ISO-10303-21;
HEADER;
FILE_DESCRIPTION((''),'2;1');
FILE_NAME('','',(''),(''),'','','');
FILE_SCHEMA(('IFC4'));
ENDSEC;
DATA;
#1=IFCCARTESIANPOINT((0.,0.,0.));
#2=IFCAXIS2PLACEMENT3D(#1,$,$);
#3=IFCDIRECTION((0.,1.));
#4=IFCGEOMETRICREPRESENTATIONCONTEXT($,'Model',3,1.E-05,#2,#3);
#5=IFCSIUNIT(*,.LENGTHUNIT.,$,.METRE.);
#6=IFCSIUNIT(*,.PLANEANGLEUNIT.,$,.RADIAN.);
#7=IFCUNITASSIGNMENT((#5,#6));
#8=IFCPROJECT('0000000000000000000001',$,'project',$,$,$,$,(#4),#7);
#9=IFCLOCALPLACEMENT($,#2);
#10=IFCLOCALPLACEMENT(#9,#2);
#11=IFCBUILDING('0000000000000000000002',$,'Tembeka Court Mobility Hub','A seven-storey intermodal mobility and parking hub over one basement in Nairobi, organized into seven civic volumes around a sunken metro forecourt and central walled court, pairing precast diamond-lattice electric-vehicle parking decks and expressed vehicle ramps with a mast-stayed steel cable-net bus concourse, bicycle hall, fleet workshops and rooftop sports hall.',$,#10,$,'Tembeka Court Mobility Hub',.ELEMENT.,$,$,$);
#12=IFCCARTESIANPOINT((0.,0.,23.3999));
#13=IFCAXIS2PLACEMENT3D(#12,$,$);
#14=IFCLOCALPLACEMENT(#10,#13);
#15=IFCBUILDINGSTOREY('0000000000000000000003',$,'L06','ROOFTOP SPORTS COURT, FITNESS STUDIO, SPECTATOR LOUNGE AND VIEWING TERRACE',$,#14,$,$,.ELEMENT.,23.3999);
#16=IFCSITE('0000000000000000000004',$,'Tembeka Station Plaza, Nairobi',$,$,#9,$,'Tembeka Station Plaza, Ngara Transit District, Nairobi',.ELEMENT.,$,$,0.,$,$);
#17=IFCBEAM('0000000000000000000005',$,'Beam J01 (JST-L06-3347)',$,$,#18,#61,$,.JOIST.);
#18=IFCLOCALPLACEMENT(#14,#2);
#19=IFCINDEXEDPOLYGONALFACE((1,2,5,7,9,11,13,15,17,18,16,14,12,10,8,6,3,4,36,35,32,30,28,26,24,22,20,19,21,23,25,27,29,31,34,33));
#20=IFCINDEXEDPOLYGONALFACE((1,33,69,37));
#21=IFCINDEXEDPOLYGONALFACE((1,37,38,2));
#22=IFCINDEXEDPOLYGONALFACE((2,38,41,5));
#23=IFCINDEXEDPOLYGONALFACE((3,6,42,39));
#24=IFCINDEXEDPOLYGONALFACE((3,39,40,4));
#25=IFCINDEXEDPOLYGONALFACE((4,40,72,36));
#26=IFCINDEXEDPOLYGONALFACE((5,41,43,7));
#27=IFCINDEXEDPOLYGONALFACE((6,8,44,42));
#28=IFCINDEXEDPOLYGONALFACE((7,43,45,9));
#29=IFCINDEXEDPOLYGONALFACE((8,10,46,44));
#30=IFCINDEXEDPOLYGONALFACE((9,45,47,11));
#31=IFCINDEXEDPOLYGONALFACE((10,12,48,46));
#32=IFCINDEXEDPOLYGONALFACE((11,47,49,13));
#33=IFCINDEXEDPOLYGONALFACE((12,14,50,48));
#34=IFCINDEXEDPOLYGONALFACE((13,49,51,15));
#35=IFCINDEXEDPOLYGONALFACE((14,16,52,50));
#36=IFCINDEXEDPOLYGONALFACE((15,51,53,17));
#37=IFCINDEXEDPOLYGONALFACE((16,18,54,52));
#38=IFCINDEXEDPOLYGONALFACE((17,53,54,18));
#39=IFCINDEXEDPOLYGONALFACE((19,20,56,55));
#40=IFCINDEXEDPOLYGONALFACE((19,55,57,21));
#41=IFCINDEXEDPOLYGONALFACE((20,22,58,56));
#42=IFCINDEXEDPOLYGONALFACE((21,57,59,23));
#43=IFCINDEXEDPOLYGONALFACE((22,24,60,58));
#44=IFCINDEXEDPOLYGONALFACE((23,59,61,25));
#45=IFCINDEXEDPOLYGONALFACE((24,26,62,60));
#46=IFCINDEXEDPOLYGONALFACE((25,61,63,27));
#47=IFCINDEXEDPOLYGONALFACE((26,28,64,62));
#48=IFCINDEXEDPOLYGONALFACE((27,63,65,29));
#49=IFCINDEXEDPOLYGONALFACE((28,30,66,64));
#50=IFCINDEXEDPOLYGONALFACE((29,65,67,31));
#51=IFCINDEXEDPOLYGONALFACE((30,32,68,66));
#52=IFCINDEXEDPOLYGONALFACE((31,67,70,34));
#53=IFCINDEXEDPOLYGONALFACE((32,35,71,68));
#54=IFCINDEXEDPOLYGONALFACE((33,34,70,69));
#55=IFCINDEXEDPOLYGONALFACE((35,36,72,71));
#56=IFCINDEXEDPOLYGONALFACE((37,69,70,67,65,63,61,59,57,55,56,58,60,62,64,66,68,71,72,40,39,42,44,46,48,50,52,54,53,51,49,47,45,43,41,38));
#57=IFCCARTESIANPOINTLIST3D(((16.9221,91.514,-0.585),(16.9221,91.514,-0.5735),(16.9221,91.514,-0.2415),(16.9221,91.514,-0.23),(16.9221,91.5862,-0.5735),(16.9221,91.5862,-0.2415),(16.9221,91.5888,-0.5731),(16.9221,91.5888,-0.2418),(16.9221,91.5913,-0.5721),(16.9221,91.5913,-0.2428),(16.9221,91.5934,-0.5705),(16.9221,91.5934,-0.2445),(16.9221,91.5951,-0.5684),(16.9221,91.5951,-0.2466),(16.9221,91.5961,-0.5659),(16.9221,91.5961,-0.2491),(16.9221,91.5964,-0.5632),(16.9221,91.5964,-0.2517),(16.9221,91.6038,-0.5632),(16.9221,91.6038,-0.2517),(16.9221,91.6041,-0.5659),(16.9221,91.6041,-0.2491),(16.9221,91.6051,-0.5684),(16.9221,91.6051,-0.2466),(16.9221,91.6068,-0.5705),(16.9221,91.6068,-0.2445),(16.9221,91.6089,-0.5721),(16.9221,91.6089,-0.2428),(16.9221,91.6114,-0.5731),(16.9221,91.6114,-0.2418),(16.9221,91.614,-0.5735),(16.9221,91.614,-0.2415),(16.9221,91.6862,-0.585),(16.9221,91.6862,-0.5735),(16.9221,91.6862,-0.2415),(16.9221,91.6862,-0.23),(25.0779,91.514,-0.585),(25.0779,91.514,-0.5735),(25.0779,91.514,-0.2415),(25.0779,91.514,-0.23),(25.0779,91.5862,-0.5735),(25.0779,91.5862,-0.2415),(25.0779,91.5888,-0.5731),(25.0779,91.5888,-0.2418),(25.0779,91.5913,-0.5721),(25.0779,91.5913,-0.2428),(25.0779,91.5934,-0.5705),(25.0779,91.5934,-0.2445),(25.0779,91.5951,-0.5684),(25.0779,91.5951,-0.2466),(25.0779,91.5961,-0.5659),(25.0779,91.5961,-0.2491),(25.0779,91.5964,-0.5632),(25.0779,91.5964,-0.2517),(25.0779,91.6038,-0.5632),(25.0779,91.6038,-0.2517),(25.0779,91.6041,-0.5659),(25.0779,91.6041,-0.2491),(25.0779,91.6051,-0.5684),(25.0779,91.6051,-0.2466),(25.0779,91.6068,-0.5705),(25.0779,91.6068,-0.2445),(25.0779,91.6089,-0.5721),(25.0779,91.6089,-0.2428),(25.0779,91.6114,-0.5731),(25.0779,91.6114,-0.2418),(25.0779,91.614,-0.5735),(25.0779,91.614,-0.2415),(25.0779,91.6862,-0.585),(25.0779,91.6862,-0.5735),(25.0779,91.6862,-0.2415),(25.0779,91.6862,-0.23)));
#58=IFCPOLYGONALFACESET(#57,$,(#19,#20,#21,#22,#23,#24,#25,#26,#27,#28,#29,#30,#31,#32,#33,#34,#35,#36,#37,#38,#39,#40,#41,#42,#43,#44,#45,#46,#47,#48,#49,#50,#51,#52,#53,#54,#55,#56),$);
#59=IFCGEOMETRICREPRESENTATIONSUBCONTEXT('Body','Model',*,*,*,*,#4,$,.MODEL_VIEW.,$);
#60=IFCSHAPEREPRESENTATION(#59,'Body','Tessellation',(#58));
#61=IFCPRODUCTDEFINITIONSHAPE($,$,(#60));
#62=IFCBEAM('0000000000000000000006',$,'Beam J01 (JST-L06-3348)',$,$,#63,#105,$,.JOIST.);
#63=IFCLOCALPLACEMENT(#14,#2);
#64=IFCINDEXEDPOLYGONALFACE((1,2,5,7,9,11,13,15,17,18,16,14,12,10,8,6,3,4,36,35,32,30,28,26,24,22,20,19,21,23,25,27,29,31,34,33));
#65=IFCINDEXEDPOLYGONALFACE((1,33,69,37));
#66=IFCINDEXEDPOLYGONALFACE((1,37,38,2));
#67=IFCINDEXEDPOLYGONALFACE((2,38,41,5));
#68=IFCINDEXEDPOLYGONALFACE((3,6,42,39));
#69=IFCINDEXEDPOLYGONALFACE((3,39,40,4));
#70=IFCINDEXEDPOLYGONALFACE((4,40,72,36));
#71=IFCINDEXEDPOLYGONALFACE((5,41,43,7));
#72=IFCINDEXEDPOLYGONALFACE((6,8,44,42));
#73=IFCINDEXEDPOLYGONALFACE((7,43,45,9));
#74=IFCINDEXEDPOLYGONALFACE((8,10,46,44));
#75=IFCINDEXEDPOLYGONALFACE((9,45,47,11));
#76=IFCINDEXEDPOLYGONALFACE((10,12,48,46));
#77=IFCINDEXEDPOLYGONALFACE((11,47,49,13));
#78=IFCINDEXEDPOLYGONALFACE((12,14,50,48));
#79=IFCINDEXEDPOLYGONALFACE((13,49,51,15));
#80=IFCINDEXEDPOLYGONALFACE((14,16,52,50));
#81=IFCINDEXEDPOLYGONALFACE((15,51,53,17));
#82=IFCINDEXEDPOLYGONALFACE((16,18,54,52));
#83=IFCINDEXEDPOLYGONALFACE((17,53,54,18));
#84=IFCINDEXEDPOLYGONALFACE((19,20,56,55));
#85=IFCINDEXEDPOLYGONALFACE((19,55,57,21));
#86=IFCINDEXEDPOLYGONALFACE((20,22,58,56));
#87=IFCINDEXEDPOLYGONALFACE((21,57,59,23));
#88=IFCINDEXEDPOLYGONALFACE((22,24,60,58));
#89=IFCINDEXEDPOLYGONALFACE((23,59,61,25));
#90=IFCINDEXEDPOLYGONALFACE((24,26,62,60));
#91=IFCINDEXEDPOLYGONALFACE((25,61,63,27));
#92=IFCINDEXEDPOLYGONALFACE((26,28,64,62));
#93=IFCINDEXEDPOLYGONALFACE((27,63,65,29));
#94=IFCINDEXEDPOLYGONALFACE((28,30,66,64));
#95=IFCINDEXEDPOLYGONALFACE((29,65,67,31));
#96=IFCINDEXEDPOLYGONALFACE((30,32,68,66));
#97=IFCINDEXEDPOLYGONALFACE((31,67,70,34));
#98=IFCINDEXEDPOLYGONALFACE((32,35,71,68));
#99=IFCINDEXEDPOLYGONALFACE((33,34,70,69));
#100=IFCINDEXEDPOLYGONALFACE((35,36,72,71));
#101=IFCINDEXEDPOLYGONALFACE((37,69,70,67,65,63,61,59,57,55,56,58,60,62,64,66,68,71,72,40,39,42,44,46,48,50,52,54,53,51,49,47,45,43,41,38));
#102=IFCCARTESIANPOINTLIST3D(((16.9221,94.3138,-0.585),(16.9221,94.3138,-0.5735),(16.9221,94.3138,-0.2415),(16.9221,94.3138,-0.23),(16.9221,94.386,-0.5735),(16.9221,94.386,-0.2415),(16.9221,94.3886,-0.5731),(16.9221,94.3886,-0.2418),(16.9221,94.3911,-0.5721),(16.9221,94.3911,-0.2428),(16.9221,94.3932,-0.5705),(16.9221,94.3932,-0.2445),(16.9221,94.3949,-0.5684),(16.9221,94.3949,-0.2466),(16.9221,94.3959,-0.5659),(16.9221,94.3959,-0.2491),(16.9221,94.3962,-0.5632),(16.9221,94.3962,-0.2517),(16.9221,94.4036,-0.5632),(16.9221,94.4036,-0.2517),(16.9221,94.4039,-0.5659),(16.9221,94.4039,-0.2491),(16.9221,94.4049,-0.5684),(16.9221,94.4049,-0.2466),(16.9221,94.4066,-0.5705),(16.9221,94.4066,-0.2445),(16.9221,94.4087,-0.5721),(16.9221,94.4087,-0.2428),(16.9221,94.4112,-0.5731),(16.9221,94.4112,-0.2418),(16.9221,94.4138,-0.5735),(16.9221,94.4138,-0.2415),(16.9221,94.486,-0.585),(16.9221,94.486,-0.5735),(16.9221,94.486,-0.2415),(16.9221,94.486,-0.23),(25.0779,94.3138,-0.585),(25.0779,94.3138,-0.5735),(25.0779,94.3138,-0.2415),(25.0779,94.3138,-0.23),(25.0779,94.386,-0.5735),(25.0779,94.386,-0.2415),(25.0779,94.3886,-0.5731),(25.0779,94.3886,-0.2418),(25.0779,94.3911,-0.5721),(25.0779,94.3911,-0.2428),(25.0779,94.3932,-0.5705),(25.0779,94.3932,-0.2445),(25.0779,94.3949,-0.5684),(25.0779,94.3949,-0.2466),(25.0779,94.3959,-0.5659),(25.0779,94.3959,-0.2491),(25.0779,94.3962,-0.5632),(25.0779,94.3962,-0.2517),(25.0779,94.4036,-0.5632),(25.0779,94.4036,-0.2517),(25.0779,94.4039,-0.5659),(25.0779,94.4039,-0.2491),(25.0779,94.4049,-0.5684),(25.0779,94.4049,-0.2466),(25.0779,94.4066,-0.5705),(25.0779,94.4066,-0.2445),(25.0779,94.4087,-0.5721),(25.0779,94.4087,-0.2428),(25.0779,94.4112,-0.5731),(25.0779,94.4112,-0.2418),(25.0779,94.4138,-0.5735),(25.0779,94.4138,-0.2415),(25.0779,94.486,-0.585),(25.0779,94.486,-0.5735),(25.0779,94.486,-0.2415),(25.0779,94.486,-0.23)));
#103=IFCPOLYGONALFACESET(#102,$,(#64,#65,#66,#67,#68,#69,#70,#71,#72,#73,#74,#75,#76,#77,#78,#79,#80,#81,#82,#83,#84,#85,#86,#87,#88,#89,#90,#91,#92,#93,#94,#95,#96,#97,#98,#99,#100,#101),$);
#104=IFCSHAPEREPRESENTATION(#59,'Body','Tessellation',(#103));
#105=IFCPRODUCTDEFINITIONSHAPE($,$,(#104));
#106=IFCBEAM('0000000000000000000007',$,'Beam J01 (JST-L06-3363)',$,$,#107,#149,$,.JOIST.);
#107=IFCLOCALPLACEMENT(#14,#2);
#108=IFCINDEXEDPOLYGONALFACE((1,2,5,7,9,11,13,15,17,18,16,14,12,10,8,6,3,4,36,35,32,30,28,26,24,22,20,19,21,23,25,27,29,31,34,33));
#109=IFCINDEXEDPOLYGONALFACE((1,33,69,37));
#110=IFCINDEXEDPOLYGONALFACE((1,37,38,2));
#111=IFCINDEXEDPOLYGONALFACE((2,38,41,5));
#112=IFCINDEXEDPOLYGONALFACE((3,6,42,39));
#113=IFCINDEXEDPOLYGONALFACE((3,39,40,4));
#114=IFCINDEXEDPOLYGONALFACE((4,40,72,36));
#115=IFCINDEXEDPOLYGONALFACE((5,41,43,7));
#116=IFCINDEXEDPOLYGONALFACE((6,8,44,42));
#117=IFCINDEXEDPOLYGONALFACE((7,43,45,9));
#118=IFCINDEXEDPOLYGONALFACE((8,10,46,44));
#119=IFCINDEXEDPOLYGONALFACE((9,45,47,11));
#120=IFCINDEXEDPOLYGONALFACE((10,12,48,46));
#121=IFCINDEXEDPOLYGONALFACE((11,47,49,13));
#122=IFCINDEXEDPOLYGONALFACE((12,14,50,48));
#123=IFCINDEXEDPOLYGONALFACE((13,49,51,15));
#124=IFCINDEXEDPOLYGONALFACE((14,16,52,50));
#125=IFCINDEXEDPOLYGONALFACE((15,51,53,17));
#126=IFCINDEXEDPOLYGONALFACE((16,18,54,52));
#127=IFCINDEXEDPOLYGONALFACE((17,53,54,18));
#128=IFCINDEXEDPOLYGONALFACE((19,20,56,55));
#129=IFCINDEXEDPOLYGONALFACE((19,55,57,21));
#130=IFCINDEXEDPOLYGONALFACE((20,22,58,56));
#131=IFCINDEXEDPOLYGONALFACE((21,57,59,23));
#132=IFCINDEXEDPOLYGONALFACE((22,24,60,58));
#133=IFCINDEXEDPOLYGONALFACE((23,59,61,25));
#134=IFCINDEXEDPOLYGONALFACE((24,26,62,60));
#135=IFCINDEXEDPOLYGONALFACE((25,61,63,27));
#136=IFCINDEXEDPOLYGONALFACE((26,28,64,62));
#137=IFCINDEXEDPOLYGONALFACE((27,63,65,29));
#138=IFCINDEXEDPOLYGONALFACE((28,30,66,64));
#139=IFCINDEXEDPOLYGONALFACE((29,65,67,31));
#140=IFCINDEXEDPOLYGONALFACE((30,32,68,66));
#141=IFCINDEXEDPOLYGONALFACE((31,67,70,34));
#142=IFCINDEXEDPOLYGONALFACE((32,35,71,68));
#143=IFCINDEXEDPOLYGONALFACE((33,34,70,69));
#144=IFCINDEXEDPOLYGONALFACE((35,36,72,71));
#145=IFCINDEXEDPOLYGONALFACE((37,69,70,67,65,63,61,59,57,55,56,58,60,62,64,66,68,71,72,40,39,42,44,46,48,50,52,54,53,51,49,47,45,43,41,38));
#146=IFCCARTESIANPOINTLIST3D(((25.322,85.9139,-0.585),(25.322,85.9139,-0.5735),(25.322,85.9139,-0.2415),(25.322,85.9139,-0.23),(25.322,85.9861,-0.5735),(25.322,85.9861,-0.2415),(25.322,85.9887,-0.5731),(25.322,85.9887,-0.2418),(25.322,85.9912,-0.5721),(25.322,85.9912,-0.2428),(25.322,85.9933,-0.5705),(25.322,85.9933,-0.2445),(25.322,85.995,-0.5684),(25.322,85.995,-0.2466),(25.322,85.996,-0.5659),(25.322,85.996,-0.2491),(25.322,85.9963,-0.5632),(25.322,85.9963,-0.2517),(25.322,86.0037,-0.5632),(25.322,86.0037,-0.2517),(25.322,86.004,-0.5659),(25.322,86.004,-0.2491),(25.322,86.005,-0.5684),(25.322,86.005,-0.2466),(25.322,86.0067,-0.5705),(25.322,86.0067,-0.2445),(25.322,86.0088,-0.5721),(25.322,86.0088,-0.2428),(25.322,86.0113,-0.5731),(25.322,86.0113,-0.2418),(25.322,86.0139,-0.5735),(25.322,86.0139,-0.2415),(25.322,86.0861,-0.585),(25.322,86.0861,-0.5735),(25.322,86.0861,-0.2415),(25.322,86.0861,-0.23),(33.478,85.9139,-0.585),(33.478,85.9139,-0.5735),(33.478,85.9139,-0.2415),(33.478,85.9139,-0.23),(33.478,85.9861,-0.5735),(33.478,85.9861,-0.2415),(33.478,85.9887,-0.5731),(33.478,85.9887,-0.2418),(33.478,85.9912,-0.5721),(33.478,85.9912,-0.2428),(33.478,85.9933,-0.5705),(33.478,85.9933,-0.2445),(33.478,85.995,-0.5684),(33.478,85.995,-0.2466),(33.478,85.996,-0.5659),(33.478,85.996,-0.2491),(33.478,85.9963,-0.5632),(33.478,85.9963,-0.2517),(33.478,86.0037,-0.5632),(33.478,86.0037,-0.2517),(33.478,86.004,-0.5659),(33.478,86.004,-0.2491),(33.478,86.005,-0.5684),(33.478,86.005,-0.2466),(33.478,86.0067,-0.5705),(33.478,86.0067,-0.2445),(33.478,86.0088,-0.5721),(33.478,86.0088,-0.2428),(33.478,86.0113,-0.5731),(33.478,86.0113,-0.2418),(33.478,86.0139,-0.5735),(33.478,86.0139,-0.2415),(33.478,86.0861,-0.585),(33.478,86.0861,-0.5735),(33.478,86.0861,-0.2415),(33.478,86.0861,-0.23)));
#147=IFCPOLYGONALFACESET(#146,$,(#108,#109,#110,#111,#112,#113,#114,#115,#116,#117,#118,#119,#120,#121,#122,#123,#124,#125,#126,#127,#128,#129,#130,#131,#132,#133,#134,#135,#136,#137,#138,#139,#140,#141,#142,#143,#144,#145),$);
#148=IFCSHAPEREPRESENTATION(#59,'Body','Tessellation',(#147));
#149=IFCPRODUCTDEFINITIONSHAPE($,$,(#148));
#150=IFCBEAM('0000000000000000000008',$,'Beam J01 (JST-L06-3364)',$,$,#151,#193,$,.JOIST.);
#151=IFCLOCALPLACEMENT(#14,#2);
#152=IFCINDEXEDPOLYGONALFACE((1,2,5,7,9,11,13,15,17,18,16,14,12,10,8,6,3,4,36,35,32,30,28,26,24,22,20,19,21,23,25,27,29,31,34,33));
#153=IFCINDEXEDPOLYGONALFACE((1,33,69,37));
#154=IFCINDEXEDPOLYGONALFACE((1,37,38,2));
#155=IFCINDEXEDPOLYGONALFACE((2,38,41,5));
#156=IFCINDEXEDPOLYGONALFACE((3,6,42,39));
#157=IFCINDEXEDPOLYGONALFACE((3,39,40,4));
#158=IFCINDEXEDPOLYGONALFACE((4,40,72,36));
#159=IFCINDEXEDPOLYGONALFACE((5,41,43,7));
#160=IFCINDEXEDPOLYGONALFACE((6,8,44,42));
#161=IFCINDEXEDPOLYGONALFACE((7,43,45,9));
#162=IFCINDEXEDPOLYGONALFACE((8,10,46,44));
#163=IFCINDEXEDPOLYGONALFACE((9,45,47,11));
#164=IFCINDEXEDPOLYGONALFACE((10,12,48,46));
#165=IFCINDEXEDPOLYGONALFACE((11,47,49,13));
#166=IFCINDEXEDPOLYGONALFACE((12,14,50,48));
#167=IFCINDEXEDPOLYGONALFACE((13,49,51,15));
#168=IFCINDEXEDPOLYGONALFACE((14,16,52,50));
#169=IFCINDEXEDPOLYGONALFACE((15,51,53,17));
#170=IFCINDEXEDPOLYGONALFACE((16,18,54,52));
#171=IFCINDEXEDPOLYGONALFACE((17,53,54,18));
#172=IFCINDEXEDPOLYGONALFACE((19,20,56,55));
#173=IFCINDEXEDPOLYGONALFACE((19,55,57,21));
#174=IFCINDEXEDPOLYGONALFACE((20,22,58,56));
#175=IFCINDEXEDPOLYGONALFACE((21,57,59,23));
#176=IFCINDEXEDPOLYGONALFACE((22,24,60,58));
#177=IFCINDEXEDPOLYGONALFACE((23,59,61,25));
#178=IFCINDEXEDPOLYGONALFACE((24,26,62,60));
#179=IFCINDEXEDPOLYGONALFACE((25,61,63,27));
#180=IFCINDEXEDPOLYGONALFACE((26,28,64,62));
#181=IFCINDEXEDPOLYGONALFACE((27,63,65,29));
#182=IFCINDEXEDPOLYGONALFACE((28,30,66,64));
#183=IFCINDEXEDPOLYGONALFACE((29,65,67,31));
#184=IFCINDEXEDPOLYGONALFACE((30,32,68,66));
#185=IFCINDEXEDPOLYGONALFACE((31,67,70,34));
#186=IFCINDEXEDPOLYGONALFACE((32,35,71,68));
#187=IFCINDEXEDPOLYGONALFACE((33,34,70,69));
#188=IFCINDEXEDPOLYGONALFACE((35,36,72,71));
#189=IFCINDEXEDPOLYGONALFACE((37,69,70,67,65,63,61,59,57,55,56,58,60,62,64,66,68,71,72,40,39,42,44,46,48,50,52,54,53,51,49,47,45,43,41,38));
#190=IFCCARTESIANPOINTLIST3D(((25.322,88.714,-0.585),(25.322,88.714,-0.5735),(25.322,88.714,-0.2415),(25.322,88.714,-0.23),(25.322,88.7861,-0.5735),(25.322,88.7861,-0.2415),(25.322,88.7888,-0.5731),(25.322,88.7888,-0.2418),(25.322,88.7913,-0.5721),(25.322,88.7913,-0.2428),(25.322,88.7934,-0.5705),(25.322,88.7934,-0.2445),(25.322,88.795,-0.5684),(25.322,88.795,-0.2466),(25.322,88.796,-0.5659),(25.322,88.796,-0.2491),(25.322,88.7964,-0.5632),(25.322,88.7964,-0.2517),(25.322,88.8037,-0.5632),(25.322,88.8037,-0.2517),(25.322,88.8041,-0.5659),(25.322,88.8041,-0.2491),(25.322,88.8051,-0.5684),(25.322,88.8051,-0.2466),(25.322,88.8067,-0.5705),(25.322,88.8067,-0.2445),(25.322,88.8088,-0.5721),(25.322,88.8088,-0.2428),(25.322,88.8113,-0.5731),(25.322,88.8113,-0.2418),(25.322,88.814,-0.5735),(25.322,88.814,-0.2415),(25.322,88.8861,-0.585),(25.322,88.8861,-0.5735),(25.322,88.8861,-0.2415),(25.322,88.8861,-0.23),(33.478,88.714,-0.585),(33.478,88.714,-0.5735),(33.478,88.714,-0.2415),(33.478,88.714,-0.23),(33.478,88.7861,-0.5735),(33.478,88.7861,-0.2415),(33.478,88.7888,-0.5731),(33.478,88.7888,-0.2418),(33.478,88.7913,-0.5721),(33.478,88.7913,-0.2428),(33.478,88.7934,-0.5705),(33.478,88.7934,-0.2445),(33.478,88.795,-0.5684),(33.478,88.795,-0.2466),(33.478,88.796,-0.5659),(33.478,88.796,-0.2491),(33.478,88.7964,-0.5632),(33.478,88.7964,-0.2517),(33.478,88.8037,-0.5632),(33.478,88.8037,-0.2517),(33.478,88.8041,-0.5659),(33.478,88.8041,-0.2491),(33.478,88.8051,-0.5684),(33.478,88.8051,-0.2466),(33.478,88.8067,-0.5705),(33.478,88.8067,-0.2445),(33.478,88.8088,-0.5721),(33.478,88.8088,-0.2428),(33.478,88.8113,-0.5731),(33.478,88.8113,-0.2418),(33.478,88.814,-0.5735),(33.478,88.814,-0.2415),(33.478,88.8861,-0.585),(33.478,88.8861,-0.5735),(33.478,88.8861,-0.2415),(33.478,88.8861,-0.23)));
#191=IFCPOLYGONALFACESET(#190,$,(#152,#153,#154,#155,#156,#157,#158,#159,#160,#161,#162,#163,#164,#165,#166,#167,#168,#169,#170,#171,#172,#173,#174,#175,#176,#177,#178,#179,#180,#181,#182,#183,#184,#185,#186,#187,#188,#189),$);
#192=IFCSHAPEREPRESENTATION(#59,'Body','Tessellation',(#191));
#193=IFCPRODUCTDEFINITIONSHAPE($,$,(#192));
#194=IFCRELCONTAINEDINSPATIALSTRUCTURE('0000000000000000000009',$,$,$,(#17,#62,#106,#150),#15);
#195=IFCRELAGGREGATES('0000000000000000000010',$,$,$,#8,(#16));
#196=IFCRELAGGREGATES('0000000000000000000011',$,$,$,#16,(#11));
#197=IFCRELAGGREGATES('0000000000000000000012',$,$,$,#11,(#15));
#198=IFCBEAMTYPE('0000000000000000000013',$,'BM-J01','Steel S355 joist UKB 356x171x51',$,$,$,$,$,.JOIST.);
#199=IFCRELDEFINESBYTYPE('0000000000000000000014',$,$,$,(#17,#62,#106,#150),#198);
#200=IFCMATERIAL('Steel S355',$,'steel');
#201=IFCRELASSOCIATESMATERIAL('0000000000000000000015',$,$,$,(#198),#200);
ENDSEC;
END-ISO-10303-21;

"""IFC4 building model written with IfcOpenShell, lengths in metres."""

from ifc_helpers import new_model, si_unit, direction, frame, origin, origin_2d, place, context, subcontext, project, spatial, i_section, extrude, material, material_profile, profile_set, type_object, element, save


model = new_model("IFC4")

# Units and contexts
model_context = context("Model", 3, precision=1e-05, world=origin(), true_north=direction((0.0, 1.0)))
body_context = subcontext(model_context, "Body", "Model", "MODEL_VIEW")
ifc_project = project(units=[si_unit("LENGTHUNIT", "METRE"), si_unit("PLANEANGLEUNIT", "RADIAN")], contexts=[model_context])

# Site, building, storey
site_placement = place(None, origin())
site = spatial("IfcSite", under=ifc_project, at=site_placement, Name="Tembeka Station Plaza, Nairobi", LongName="Tembeka Station Plaza, Ngara Transit District, Nairobi", CompositionType="ELEMENT", RefElevation=0.0)
building_placement = place(site_placement, origin())
building = spatial("IfcBuilding", under=site, at=building_placement, Name="Tembeka Court Mobility Hub", Description="A seven-storey intermodal mobility and parking hub over one basement in Nairobi, organized into seven civic volumes around a sunken metro forecourt and central walled court, pairing precast diamond-lattice electric-vehicle parking decks and expressed vehicle ramps with a mast-stayed steel cable-net bus concourse, bicycle hall, fleet workshops and rooftop sports hall.", LongName="Tembeka Court Mobility Hub", CompositionType="ELEMENT")
storey_placement = place(building_placement, frame((0.0, 0.0, 23.3999)))
storey = spatial("IfcBuildingStorey", under=building, at=storey_placement, Name="L06", Description="ROOFTOP SPORTS COURT, FITNESS STUDIO, SPECTATOR LOUNGE AND VIEWING TERRACE", CompositionType="ELEMENT", Elevation=23.3999)

# Beams
ifc_material_1 = material(Name="Steel S355", Category="steel")
ifc_material_profile_1 = material_profile(ifc_material_1, i_section(OverallWidth=0.1721, OverallDepth=0.355, WebThickness=0.0073, FlangeThickness=0.0115, FilletRadius=0.0103, at=origin_2d()), Name="UKB 356x171x51")
ifc_profile_set_1 = profile_set([ifc_material_profile_1], Name="Steel S355")
beam_type_1 = type_object("IfcBeamType", Name="BM-J01", Description="Steel S355 joist UKB 356x171x51", PredefinedType="JOIST", material=ifc_profile_set_1)
for number, where, z_axis, x_axis, name in (
    (1, (16.9221, 91.6001, -0.4075), (1.0, 0.0, 0.0), (0.0, 1.0, 0.0), "Beam J01 (JST-L06-3347)"),
    (2, (16.9221, 94.3999, -0.4075), (1.0, 0.0, 0.0), (0.0, 1.0, 0.0), "Beam J01 (JST-L06-3348)"),
):
    element("IfcBeam", number, at=place(storey_placement, frame(where, z_axis=z_axis, x_axis=x_axis)), inside=storey, type_object=beam_type_1, Name=name, PredefinedType="JOIST", context=body_context, shape_type="SweptSolid", body=[
        extrude(i_section(OverallWidth=0.1721, OverallDepth=0.355, WebThickness=0.0073, FlangeThickness=0.0115, FilletRadius=0.0103, at=origin_2d()), origin(), (0.0, 0.0, 1.0), 8.1558),
    ])
for number, where, z_axis, x_axis, name in (
    (3, (25.322, 86.0, -0.4075), (1.0, 0.0, 0.0), (0.0, 1.0, 0.0), "Beam J01 (JST-L06-3363)"),
    (4, (25.322, 88.8, -0.4075), (1.0, 0.0, 0.0), (0.0, 1.0, 0.0), "Beam J01 (JST-L06-3364)"),
):
    element("IfcBeam", number, at=place(storey_placement, frame(where, z_axis=z_axis, x_axis=x_axis)), inside=storey, type_object=beam_type_1, Name=name, PredefinedType="JOIST", context=body_context, shape_type="SweptSolid", body=[
        extrude(i_section(OverallWidth=0.1721, OverallDepth=0.355, WebThickness=0.0073, FlangeThickness=0.0115, FilletRadius=0.0103, at=origin_2d()), origin(), (0.0, 0.0, 1.0), 8.156),
    ])

save(model, "model.ifc")
